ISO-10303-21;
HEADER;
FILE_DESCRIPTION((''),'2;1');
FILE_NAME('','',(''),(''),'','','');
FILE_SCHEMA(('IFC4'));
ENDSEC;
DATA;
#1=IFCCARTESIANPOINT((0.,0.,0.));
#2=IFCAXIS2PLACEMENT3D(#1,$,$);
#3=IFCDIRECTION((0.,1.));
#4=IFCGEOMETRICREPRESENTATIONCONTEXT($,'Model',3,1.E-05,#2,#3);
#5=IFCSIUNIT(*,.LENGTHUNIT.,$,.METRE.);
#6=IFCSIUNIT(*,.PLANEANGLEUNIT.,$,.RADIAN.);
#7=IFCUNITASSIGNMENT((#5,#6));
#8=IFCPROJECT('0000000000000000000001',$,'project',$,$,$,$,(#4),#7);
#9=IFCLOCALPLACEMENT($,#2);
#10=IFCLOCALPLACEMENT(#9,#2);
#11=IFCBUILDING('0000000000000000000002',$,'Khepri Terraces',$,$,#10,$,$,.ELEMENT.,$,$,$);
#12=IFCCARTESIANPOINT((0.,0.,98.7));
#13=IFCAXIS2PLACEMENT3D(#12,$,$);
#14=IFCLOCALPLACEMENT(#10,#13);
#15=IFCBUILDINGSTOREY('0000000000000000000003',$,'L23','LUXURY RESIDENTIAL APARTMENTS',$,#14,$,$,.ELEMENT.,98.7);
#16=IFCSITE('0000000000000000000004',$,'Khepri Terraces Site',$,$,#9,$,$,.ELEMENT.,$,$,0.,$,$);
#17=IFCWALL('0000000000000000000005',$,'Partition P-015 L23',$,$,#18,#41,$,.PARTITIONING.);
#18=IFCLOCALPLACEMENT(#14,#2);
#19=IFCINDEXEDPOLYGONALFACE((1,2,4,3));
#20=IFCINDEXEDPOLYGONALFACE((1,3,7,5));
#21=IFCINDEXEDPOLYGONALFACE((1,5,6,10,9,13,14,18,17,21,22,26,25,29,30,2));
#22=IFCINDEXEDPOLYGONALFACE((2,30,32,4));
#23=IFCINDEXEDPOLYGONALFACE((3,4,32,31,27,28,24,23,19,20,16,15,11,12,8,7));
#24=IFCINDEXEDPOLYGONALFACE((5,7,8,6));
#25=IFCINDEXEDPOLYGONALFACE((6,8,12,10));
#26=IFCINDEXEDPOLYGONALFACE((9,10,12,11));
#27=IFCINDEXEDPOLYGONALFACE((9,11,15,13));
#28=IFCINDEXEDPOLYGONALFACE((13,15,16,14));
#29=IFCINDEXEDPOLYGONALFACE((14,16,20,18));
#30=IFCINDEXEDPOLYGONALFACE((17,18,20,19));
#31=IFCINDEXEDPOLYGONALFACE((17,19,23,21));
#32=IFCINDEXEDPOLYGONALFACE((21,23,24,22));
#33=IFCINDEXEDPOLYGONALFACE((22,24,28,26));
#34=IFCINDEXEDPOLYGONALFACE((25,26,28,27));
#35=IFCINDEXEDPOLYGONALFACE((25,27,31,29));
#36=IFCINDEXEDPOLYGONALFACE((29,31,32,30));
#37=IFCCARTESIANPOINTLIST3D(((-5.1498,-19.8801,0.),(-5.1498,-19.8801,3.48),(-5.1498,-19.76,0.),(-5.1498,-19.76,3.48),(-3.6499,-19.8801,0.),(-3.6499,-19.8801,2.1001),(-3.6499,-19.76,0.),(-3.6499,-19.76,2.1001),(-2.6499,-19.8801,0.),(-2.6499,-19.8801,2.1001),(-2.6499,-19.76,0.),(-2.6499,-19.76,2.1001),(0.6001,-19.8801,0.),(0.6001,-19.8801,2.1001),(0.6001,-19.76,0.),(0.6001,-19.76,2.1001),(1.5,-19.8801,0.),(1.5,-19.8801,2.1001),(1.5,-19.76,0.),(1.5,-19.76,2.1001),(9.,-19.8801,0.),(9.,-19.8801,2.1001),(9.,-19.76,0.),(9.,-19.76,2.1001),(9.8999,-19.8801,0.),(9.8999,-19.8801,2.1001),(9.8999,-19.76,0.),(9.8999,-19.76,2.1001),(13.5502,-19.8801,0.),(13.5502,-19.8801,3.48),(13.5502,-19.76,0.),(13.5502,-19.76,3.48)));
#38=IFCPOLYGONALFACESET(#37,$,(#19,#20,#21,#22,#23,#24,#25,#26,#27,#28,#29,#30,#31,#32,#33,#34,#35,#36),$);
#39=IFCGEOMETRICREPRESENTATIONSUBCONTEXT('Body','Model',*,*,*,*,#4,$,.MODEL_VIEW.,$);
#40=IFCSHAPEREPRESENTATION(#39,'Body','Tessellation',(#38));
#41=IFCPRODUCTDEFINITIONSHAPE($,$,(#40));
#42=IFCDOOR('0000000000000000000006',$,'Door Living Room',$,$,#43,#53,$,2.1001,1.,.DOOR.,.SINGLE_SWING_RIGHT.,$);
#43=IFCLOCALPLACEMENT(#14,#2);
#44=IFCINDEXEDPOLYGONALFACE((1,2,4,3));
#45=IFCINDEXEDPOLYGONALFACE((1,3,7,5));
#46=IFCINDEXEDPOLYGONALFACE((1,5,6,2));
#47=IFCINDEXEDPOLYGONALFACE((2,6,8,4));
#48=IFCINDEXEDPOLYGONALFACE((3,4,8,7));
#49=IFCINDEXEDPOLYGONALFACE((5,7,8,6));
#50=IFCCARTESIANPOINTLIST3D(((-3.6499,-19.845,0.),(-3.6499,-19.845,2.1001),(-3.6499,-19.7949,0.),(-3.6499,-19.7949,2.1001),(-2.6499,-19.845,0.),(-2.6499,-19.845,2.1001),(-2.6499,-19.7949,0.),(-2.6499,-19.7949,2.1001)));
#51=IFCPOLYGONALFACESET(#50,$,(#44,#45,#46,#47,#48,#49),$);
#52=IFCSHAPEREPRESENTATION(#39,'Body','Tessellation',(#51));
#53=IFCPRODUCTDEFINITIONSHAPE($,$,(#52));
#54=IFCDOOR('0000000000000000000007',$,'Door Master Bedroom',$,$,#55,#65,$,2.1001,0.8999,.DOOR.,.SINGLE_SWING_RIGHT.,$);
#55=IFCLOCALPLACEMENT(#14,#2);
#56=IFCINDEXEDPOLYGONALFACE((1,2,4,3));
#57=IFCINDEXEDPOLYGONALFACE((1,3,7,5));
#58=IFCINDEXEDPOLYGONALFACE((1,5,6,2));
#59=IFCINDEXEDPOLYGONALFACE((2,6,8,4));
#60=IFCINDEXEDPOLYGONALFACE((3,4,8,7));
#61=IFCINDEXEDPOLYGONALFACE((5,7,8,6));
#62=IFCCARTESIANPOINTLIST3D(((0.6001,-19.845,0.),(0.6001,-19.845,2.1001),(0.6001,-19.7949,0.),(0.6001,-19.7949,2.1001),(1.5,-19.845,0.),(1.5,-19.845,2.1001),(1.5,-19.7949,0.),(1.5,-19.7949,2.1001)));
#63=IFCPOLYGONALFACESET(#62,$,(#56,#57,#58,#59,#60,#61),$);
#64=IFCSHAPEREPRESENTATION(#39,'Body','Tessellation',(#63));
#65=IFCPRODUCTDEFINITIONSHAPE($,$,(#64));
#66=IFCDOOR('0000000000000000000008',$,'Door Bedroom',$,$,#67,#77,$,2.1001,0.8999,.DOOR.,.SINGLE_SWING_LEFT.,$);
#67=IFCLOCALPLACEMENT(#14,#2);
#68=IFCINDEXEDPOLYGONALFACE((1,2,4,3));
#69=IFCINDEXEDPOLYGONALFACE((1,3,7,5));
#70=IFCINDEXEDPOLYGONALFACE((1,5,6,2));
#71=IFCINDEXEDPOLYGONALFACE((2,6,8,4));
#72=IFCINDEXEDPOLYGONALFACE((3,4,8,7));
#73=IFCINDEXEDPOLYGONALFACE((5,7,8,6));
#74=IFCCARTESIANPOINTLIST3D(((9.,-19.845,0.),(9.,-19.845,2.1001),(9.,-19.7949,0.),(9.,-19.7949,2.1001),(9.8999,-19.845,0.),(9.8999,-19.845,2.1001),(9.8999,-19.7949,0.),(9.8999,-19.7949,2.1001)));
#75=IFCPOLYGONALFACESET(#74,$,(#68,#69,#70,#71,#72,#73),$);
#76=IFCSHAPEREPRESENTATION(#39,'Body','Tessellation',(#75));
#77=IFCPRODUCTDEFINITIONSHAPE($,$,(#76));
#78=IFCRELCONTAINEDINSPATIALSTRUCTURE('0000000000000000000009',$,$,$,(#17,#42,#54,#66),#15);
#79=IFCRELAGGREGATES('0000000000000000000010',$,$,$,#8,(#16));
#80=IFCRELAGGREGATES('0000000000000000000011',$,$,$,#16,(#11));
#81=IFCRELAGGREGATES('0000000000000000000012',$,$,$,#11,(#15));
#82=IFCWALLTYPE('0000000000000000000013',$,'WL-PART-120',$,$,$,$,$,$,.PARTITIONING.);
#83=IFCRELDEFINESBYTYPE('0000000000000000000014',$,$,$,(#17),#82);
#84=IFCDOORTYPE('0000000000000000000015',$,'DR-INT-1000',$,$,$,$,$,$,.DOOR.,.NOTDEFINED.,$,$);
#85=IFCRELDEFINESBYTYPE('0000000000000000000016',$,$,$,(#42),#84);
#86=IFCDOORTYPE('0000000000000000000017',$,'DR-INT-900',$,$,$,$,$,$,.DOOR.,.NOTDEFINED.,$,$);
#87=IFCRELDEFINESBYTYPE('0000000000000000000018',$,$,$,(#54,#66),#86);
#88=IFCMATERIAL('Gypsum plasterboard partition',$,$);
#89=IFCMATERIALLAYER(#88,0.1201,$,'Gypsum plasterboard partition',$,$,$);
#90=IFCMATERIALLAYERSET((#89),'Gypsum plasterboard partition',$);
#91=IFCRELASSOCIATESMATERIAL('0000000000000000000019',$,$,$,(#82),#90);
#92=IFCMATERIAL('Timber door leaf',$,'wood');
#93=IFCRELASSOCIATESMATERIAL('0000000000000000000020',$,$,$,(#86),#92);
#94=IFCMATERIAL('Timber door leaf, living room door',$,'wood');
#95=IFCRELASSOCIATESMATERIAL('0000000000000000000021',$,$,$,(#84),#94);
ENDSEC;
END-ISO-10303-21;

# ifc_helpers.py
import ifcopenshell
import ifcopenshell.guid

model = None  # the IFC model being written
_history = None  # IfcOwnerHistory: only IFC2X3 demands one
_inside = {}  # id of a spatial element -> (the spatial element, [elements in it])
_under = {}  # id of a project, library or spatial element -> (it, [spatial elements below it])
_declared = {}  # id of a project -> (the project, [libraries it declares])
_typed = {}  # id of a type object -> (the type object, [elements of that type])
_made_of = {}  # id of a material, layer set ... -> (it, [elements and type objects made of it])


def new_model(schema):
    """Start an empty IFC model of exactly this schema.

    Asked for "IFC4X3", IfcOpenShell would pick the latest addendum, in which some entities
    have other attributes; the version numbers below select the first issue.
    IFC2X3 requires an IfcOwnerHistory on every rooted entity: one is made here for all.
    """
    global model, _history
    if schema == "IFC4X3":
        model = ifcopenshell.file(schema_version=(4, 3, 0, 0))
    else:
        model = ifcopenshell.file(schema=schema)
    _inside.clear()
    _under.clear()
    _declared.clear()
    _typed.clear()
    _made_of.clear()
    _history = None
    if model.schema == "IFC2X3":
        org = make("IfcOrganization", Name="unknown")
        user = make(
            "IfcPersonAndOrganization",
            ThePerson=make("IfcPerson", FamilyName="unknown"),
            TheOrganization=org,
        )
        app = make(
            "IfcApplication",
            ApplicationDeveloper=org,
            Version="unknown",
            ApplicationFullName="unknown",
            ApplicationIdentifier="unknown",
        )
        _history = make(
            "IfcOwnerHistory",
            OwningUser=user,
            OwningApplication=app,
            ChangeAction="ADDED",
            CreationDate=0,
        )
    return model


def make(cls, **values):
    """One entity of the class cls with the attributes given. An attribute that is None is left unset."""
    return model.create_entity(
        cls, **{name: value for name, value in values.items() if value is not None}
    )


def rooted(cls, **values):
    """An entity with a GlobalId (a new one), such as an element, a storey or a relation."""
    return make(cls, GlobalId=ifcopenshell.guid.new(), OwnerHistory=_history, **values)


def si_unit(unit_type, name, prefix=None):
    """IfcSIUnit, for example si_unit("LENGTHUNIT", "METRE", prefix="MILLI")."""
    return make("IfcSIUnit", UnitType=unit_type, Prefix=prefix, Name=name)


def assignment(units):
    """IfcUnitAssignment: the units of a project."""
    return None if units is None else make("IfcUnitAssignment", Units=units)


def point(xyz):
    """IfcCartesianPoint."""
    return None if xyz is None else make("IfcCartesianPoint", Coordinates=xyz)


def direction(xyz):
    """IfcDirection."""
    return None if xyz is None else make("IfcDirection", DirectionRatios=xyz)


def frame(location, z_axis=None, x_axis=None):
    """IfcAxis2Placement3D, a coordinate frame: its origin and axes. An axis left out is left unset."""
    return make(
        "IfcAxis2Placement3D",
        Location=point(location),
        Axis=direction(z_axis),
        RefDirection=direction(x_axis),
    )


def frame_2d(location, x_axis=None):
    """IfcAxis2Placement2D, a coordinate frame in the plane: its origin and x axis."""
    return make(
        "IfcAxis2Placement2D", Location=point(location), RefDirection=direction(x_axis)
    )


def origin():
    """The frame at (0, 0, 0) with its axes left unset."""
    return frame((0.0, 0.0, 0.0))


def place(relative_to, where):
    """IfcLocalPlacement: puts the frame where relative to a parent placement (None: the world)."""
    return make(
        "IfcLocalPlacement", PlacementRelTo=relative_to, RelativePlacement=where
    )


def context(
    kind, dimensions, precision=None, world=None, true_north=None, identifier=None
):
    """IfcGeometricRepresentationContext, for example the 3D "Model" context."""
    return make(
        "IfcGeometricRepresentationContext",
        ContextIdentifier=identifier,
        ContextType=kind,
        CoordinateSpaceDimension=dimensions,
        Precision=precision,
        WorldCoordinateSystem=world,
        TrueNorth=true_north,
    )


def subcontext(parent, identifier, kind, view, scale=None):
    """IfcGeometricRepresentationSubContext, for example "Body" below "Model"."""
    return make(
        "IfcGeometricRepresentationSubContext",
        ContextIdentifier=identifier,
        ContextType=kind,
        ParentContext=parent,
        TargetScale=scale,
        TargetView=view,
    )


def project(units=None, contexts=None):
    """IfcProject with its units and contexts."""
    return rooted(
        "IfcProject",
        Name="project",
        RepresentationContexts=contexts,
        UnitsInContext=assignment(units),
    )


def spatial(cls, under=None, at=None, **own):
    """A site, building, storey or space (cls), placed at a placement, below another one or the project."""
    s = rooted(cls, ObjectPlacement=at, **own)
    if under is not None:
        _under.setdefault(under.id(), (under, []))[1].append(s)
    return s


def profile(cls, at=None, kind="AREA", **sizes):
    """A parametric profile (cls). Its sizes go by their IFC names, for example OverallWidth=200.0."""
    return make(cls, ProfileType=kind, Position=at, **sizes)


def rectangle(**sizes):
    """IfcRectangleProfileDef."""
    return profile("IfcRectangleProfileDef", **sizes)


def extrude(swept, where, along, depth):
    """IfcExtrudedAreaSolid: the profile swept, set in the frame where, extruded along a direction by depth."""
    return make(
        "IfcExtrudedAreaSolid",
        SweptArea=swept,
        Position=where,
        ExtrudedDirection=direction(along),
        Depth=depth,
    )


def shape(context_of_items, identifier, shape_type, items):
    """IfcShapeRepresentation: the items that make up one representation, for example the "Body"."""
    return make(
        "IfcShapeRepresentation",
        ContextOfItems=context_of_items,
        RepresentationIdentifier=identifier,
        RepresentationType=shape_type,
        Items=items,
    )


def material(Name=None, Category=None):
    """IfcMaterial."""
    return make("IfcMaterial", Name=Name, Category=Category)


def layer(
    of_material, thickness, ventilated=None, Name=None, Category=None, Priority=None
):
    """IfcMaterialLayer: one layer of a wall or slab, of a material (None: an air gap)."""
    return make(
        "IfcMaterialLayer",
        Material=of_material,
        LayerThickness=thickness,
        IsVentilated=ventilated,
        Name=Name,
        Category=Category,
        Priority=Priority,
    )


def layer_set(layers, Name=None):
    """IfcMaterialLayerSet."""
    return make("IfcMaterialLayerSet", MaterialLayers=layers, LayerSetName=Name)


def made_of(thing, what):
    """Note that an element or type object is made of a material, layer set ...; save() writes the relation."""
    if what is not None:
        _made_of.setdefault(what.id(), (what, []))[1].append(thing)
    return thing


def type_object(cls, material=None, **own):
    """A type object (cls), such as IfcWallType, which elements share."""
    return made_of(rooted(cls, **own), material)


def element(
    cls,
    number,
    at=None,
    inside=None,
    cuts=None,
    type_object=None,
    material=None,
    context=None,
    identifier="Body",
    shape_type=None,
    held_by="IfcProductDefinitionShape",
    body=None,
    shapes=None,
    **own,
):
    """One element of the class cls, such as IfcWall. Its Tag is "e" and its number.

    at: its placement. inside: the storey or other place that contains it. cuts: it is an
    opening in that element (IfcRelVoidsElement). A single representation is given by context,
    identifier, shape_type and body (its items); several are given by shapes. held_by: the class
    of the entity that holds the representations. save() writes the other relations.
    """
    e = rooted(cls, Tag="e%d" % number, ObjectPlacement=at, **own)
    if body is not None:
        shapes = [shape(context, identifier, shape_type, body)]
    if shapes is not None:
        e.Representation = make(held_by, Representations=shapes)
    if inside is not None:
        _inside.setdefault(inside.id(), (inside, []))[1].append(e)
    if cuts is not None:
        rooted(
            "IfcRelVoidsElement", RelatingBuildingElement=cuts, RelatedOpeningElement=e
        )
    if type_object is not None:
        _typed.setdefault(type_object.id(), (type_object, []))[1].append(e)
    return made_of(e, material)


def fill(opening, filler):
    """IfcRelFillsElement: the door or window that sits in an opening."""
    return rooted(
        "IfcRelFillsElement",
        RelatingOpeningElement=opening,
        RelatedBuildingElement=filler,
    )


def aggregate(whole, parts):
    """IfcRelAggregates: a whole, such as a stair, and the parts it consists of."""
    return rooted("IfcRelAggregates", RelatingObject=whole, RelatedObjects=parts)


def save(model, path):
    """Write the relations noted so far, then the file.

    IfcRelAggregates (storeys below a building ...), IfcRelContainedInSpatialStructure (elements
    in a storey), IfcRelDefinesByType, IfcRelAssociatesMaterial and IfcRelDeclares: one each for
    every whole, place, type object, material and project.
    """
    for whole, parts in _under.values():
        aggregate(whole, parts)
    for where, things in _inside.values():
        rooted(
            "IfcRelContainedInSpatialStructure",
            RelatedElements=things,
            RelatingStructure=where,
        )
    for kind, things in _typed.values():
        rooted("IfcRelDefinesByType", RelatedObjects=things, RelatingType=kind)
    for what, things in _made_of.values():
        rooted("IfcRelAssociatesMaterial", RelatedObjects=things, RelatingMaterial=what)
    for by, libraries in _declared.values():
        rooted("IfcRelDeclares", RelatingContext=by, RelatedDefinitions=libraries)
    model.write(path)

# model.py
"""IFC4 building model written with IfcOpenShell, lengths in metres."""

from ifc_helpers import new_model, si_unit, direction, frame, frame_2d, origin, place, context, subcontext, project, spatial, rectangle, extrude, material, layer, layer_set, type_object, element, fill, save


model = new_model("IFC4")

# Units and contexts
model_context = context("Model", 3, precision=1e-05, world=origin(), true_north=direction((0.0, 1.0)))
body_context = subcontext(model_context, "Body", "Model", "MODEL_VIEW")
ifc_project = project(units=[si_unit("LENGTHUNIT", "METRE"), si_unit("PLANEANGLEUNIT", "RADIAN")], contexts=[model_context])

# Site, building, storey
site_placement = place(None, origin())
site = spatial("IfcSite", under=ifc_project, at=site_placement, Name="Khepri Terraces Site", CompositionType="ELEMENT", RefElevation=0.0)
building_placement = place(site_placement, origin())
building = spatial("IfcBuilding", under=site, at=building_placement, Name="Khepri Terraces", CompositionType="ELEMENT")
storey_placement = place(building_placement, frame((0.0, 0.0, 98.7)))
storey = spatial("IfcBuildingStorey", under=building, at=storey_placement, Name="L23", Description="LUXURY RESIDENTIAL APARTMENTS", CompositionType="ELEMENT", Elevation=98.7)

# Shared definitions
ifc_material_1 = material(Name="Gypsum plasterboard partition")
ifc_layer_1 = layer(ifc_material_1, 0.1201, Name="Gypsum plasterboard partition")
ifc_layer_set_1 = layer_set([ifc_layer_1], Name="Gypsum plasterboard partition")
wall_type_1 = type_object("IfcWallType", Name="WL-PART-120", PredefinedType="PARTITIONING", material=ifc_layer_set_1)
ifc_material_2 = material(Name="Timber door leaf", Category="wood")
door_type_1 = type_object("IfcDoorType", Name="DR-INT-900", OperationType="NOTDEFINED", PredefinedType="DOOR", material=ifc_material_2)

# Wall, openings, doors
wall_1_placement = place(storey_placement, frame((-5.1499, -19.8201, 0.0), z_axis=(0.0, 0.0, 1.0), x_axis=(1.0, 0.0, 0.0)))
wall_1 = element("IfcWall", 1, at=wall_1_placement, inside=storey, type_object=wall_type_1, Name="Partition P-015 L23", PredefinedType="PARTITIONING", context=body_context, shape_type="SweptSolid", body=[
    extrude(rectangle(XDim=18.7, YDim=0.1201, at=frame_2d((9.3501, 0.0))), origin(), (0.0, 0.0, 1.0), 3.48),
])
opening_1_placement = place(wall_1_placement, frame((1.5, 0.0, 0.0)))
opening_1 = element("IfcOpeningElement", 2, at=opening_1_placement, cuts=wall_1, PredefinedType="OPENING", context=body_context, shape_type="SweptSolid", body=[
    extrude(rectangle(XDim=1.0, YDim=2.1001, at=frame_2d((0.5, 1.05))), frame((0.0, 0.0701, 0.0), z_axis=(0.0, -1.0, 0.0), x_axis=(1.0, 0.0, 0.0)), (0.0, 0.0, 1.0), 0.1401),
])
opening_2_placement = place(wall_1_placement, frame((5.75, 0.0, 0.0)))
opening_2 = element("IfcOpeningElement", 3, at=opening_2_placement, cuts=wall_1, PredefinedType="OPENING", context=body_context, shape_type="SweptSolid", body=[
    extrude(rectangle(XDim=0.8999, YDim=2.1001, at=frame_2d((0.45, 1.05))), frame((0.0, 0.0701, 0.0), z_axis=(0.0, -1.0, 0.0), x_axis=(1.0, 0.0, 0.0)), (0.0, 0.0, 1.0), 0.1401),
])
opening_3_placement = place(wall_1_placement, frame((14.1499, 0.0, 0.0)))
opening_3 = element("IfcOpeningElement", 4, at=opening_3_placement, cuts=wall_1, PredefinedType="OPENING", context=body_context, shape_type="SweptSolid", body=[
    extrude(rectangle(XDim=0.8999, YDim=2.1001, at=frame_2d((0.45, 1.05))), frame((0.0, 0.0701, 0.0), z_axis=(0.0, -1.0, 0.0), x_axis=(1.0, 0.0, 0.0)), (0.0, 0.0, 1.0), 0.1401),
])
ifc_material_3 = material(Name="Timber door leaf, living room door", Category="wood")
door_type_2 = type_object("IfcDoorType", Name="DR-INT-1000", OperationType="NOTDEFINED", PredefinedType="DOOR", material=ifc_material_3)
door_1_placement = place(opening_1_placement, frame((1.0, 0.0, 0.0), z_axis=(0.0, 0.0, 1.0), x_axis=(-1.0, 0.0, 0.0)))
door_1 = element("IfcDoor", 5, at=door_1_placement, inside=storey, type_object=door_type_2, Name="Door Living Room", OperationType="SINGLE_SWING_RIGHT", OverallHeight=2.1001, OverallWidth=1.0, PredefinedType="DOOR", context=body_context, shape_type="SweptSolid", body=[
    extrude(rectangle(XDim=1.0, YDim=2.1001, at=frame_2d((0.5, 1.05))), frame((0.0, 0.0249, 0.0), z_axis=(0.0, -1.0, 0.0), x_axis=(1.0, 0.0, 0.0)), (0.0, 0.0, 1.0), 0.05),
])
fill(opening_1, door_1)
door_2_placement = place(opening_2_placement, frame((0.8999, 0.0, 0.0), z_axis=(0.0, 0.0, 1.0), x_axis=(-1.0, 0.0, 0.0)))
door_2 = element("IfcDoor", 6, at=door_2_placement, inside=storey, type_object=door_type_1, Name="Door Master Bedroom", OperationType="SINGLE_SWING_RIGHT", OverallHeight=2.1001, OverallWidth=0.8999, PredefinedType="DOOR", context=body_context, shape_type="SweptSolid", body=[
    extrude(rectangle(XDim=0.8999, YDim=2.1001, at=frame_2d((0.45, 1.05))), frame((0.0, 0.0249, 0.0), z_axis=(0.0, -1.0, 0.0), x_axis=(1.0, 0.0, 0.0)), (0.0, 0.0, 1.0), 0.05),
])
fill(opening_2, door_2)
door_3_placement = place(opening_3_placement, frame((0.8999, 0.0, 0.0), z_axis=(0.0, 0.0, 1.0), x_axis=(-1.0, 0.0, 0.0)))
door_3 = element("IfcDoor", 7, at=door_3_placement, inside=storey, type_object=door_type_1, Name="Door Bedroom", OperationType="SINGLE_SWING_LEFT", OverallHeight=2.1001, OverallWidth=0.8999, PredefinedType="DOOR", context=body_context, shape_type="SweptSolid", body=[
    extrude(rectangle(XDim=0.8999, YDim=2.1001, at=frame_2d((0.45, 1.05))), frame((0.0, 0.0249, 0.0), z_axis=(0.0, -1.0, 0.0), x_axis=(1.0, 0.0, 0.0)), (0.0, 0.0, 1.0), 0.05),
])
fill(opening_3, door_3)

save(model, "model.ifc")
